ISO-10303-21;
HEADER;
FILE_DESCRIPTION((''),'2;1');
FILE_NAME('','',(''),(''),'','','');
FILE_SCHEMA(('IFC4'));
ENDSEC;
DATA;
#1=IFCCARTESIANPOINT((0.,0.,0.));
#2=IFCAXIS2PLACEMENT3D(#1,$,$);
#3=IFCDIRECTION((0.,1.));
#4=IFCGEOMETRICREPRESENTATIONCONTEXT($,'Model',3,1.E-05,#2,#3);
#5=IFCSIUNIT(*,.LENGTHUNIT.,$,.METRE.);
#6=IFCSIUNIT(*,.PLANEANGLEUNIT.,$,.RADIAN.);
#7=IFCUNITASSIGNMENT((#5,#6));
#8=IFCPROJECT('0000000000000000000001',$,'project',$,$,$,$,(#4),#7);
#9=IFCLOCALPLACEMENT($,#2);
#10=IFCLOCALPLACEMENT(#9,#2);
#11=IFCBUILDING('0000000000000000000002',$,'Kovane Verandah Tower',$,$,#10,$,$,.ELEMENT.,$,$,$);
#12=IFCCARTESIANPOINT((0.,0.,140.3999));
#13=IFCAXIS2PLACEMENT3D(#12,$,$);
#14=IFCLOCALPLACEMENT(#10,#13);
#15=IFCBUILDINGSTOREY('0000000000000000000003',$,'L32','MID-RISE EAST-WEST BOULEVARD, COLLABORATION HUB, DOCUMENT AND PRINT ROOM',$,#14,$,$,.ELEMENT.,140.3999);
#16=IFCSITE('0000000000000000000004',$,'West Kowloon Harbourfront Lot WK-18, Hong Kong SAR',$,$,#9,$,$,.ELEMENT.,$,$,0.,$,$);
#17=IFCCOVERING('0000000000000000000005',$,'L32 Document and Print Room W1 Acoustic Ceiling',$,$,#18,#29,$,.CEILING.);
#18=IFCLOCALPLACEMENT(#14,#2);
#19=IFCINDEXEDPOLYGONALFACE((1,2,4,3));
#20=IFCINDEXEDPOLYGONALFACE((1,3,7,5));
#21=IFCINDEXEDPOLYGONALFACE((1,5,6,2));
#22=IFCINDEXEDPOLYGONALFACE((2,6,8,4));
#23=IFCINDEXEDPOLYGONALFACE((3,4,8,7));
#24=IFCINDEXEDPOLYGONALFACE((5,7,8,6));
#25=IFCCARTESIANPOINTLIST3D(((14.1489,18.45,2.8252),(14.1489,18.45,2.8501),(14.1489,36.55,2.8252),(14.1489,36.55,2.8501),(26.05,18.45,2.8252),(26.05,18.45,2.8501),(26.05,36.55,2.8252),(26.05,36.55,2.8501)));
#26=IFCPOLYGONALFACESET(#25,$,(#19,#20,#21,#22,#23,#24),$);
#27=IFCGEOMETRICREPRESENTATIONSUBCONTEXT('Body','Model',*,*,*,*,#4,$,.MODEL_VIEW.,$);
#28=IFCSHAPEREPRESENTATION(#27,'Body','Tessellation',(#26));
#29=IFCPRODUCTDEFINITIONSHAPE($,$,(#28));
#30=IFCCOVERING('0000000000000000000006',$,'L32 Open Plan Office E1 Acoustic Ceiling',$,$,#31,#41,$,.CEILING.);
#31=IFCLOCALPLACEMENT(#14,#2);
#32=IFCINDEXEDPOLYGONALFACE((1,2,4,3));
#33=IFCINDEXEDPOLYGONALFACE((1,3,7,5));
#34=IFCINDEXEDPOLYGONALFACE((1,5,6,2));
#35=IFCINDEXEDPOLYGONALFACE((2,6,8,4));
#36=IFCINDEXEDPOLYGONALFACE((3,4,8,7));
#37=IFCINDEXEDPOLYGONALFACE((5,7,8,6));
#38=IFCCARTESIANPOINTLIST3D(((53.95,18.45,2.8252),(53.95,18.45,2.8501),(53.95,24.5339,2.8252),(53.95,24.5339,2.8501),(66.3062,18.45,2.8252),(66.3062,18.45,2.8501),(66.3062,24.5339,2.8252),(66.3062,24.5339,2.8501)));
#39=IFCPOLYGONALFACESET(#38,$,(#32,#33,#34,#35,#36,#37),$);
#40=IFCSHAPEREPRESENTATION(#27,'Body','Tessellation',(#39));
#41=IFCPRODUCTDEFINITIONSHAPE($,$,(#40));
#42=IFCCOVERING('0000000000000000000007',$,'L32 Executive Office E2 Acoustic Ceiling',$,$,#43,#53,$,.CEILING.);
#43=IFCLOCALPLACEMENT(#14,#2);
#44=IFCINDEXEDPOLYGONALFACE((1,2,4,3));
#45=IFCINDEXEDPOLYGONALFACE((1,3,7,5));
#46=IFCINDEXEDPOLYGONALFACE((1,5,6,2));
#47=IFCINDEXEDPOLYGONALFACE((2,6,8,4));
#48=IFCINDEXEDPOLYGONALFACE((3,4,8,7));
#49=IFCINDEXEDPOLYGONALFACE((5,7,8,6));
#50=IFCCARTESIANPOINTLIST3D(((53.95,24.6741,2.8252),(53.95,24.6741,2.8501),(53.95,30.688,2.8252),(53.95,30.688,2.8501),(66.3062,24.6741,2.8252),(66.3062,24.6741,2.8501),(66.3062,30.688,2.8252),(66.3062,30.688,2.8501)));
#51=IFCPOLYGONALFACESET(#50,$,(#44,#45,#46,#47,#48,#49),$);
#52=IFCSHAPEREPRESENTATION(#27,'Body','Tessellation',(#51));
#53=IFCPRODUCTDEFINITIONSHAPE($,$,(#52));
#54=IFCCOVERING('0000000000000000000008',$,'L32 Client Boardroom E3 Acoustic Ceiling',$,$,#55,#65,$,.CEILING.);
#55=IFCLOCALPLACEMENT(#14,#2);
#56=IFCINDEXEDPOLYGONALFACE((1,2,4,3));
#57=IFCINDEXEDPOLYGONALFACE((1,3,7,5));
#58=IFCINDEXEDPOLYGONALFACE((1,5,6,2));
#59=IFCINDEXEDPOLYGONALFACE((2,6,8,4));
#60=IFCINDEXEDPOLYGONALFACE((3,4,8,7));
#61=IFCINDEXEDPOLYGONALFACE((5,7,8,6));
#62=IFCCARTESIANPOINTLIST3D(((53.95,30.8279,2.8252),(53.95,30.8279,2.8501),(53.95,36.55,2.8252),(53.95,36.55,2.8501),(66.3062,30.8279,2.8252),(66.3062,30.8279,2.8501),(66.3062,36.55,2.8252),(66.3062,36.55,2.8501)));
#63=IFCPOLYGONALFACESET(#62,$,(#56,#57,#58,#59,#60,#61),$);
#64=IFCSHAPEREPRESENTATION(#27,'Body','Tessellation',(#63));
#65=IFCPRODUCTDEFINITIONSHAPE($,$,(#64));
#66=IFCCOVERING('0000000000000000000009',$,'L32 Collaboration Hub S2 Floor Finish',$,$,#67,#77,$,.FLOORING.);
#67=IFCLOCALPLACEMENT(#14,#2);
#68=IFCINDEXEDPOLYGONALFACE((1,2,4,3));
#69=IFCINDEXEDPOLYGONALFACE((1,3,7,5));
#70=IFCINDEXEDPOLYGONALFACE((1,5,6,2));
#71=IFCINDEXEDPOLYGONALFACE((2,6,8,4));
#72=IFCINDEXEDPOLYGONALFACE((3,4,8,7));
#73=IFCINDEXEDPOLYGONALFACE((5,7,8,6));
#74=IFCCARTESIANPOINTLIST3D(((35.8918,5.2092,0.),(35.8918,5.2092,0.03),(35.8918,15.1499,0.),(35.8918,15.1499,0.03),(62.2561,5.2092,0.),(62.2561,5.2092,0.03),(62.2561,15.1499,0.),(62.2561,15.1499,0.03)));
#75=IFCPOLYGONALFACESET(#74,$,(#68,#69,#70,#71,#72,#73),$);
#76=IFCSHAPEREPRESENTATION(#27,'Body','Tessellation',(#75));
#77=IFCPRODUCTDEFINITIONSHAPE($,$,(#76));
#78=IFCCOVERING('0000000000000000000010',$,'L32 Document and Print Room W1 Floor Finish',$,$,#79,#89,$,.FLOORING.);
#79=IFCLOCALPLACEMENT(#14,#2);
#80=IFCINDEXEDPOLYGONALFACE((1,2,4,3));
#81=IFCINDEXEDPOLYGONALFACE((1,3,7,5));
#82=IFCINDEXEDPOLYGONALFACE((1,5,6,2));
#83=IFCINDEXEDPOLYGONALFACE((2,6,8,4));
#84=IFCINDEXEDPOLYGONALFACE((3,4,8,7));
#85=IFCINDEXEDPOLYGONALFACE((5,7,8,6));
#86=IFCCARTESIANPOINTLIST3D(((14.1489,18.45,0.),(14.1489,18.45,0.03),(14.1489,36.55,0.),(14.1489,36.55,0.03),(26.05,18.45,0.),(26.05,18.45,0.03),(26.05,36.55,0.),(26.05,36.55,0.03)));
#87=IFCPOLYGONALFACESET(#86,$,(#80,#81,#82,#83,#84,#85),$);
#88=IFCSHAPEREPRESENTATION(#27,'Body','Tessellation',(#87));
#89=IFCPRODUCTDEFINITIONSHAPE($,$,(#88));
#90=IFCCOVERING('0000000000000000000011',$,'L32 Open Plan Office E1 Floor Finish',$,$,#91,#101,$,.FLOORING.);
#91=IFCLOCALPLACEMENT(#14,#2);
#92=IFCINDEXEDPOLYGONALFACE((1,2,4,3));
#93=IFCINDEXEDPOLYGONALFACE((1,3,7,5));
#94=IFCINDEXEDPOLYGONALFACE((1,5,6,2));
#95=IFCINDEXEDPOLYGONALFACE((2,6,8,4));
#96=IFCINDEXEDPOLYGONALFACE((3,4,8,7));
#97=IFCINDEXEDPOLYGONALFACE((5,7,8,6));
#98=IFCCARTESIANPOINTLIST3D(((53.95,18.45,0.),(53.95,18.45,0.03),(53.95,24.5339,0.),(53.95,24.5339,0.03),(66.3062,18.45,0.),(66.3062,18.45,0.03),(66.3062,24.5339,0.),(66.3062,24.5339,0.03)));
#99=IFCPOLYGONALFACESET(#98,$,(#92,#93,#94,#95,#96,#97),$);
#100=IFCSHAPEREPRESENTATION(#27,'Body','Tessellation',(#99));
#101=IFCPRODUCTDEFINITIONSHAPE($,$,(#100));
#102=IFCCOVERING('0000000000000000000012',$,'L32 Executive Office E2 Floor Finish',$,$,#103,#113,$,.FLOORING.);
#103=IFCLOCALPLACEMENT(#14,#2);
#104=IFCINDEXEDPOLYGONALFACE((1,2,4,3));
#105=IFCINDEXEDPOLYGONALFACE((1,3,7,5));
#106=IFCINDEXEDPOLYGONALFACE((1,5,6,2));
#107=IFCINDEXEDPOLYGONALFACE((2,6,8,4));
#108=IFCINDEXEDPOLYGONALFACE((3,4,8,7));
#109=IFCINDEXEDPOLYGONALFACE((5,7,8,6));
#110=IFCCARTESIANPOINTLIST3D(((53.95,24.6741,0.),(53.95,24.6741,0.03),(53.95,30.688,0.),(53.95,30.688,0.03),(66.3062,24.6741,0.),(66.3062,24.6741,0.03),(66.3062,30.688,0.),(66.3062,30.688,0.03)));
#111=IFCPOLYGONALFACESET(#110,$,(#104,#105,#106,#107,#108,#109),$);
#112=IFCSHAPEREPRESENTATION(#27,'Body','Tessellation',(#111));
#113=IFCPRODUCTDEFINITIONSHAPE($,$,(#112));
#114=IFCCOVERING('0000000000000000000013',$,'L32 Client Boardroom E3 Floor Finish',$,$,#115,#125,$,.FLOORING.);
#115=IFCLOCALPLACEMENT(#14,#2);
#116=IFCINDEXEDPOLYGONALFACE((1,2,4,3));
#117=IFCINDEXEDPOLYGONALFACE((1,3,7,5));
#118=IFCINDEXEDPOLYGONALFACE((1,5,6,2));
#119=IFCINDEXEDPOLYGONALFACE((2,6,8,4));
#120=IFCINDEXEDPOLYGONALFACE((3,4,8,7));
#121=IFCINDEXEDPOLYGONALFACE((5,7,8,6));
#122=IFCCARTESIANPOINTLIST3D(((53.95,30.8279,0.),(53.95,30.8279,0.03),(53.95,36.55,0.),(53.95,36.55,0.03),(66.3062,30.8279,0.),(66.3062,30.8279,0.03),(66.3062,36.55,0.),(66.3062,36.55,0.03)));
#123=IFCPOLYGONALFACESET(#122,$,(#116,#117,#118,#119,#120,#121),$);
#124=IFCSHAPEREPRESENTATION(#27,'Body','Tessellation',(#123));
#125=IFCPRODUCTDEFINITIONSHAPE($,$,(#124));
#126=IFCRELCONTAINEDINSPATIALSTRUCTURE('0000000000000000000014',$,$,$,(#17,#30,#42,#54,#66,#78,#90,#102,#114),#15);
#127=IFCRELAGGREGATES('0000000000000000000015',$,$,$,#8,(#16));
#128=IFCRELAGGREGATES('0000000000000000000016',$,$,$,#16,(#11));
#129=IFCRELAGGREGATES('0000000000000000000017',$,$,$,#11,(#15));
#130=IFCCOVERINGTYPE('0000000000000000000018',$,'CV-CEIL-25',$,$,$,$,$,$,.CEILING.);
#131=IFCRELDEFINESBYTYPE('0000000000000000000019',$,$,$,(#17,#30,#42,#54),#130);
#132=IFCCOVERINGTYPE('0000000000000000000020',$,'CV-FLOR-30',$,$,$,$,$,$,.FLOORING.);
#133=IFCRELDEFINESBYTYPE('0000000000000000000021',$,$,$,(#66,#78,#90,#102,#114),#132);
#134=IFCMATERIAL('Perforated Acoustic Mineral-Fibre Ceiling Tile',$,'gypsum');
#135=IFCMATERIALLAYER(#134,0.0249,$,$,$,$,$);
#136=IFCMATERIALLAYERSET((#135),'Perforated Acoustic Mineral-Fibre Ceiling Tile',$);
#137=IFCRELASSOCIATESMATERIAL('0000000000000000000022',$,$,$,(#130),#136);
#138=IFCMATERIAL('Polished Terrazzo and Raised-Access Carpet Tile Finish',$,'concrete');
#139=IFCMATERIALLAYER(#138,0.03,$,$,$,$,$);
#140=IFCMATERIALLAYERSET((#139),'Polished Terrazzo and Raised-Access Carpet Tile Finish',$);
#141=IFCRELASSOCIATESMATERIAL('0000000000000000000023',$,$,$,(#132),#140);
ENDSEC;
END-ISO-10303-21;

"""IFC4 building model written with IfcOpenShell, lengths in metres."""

from ifc_helpers import new_model, si_unit, direction, frame, origin, place, context, subcontext, project, spatial, polyline, outline, extrude, material, layer, layer_set, type_object, element, save


model = new_model("IFC4")

# Units and contexts
model_context = context("Model", 3, precision=1e-05, world=origin(), true_north=direction((0.0, 1.0)))
body_context = subcontext(model_context, "Body", "Model", "MODEL_VIEW")
ifc_project = project(units=[si_unit("LENGTHUNIT", "METRE"), si_unit("PLANEANGLEUNIT", "RADIAN")], contexts=[model_context])

# Site, building, storey
site_placement = place(None, origin())
site = spatial("IfcSite", under=ifc_project, at=site_placement, Name="West Kowloon Harbourfront Lot WK-18, Hong Kong SAR", CompositionType="ELEMENT", RefElevation=0.0)
building_placement = place(site_placement, origin())
building = spatial("IfcBuilding", under=site, at=building_placement, Name="Kovane Verandah Tower", CompositionType="ELEMENT")
storey_placement = place(building_placement, frame((0.0, 0.0, 140.3999)))
storey = spatial("IfcBuildingStorey", under=building, at=storey_placement, Name="L32", Description="MID-RISE EAST-WEST BOULEVARD, COLLABORATION HUB, DOCUMENT AND PRINT ROOM", CompositionType="ELEMENT", Elevation=140.3999)

# Coverings
ifc_material_1 = material(Name="Perforated Acoustic Mineral-Fibre Ceiling Tile", Category="gypsum")
ifc_layer_1 = layer(ifc_material_1, 0.0249)
ifc_layer_set_1 = layer_set([ifc_layer_1], Name="Perforated Acoustic Mineral-Fibre Ceiling Tile")
covering_type_1 = type_object("IfcCoveringType", Name="CV-CEIL-25", PredefinedType="CEILING", material=ifc_layer_set_1)
covering_1_placement = place(storey_placement, frame((0.0, 0.0, 2.8252)))
element("IfcCovering", 1, at=covering_1_placement, inside=storey, type_object=covering_type_1, Name="L32 Document and Print Room W1 Acoustic Ceiling", PredefinedType="CEILING", context=body_context, shape_type="SweptSolid", body=[
    extrude(outline(polyline([(14.1489, 18.45), (26.05, 18.45), (26.05, 36.55), (14.1489, 36.55), (14.1489, 18.45)])), origin(), (0.0, 0.0, 1.0), 0.0249),
])
covering_2_placement = place(storey_placement, frame((0.0, 0.0, 2.8252)))
element("IfcCovering", 2, at=covering_2_placement, inside=storey, type_object=covering_type_1, Name="L32 Open Plan Office E1 Acoustic Ceiling", PredefinedType="CEILING", context=body_context, shape_type="SweptSolid", body=[
    extrude(outline(polyline([(53.95, 18.45), (66.3062, 18.45), (66.3062, 24.5339), (53.95, 24.5339), (53.95, 18.45)])), origin(), (0.0, 0.0, 1.0), 0.0249),
])
covering_3_placement = place(storey_placement, frame((0.0, 0.0, 2.8252)))
element("IfcCovering", 3, at=covering_3_placement, inside=storey, type_object=covering_type_1, Name="L32 Executive Office E2 Acoustic Ceiling", PredefinedType="CEILING", context=body_context, shape_type="SweptSolid", body=[
    extrude(outline(polyline([(53.95, 24.6741), (66.3062, 24.6741), (66.3062, 30.688), (53.95, 30.688), (53.95, 24.6741)])), origin(), (0.0, 0.0, 1.0), 0.0249),
])
covering_4_placement = place(storey_placement, frame((0.0, 0.0, 2.8252)))
element("IfcCovering", 4, at=covering_4_placement, inside=storey, type_object=covering_type_1, Name="L32 Client Boardroom E3 Acoustic Ceiling", PredefinedType="CEILING", context=body_context, shape_type="SweptSolid", body=[
    extrude(outline(polyline([(53.95, 30.8279), (66.3062, 30.8279), (66.3062, 36.55), (53.95, 36.55), (53.95, 30.8279)])), origin(), (0.0, 0.0, 1.0), 0.0249),
])
ifc_material_2 = material(Name="Polished Terrazzo and Raised-Access Carpet Tile Finish", Category="concrete")
ifc_layer_2 = layer(ifc_material_2, 0.03)
ifc_layer_set_2 = layer_set([ifc_layer_2], Name="Polished Terrazzo and Raised-Access Carpet Tile Finish")
covering_type_2 = type_object("IfcCoveringType", Name="CV-FLOR-30", PredefinedType="FLOORING", material=ifc_layer_set_2)
covering_5_placement = place(storey_placement, origin())
element("IfcCovering", 5, at=covering_5_placement, inside=storey, type_object=covering_type_2, Name="L32 Collaboration Hub S2 Floor Finish", PredefinedType="FLOORING", context=body_context, shape_type="SweptSolid", body=[
    extrude(outline(polyline([(35.8918, 5.2092), (62.2561, 5.2092), (62.2561, 15.1499), (35.8918, 15.1499), (35.8918, 5.2092)])), origin(), (0.0, 0.0, 1.0), 0.03),
])
covering_6_placement = place(storey_placement, origin())
element("IfcCovering", 6, at=covering_6_placement, inside=storey, type_object=covering_type_2, Name="L32 Document and Print Room W1 Floor Finish", PredefinedType="FLOORING", context=body_context, shape_type="SweptSolid", body=[
    extrude(outline(polyline([(14.1489, 18.45), (26.05, 18.45), (26.05, 36.55), (14.1489, 36.55), (14.1489, 18.45)])), origin(), (0.0, 0.0, 1.0), 0.03),
])
covering_7_placement = place(storey_placement, origin())
element("IfcCovering", 7, at=covering_7_placement, inside=storey, type_object=covering_type_2, Name="L32 Open Plan Office E1 Floor Finish", PredefinedType="FLOORING", context=body_context, shape_type="SweptSolid", body=[
    extrude(outline(polyline([(53.95, 18.45), (66.3062, 18.45), (66.3062, 24.5339), (53.95, 24.5339), (53.95, 18.45)])), origin(), (0.0, 0.0, 1.0), 0.03),
])
covering_8_placement = place(storey_placement, origin())
element("IfcCovering", 8, at=covering_8_placement, inside=storey, type_object=covering_type_2, Name="L32 Executive Office E2 Floor Finish", PredefinedType="FLOORING", context=body_context, shape_type="SweptSolid", body=[
    extrude(outline(polyline([(53.95, 24.6741), (66.3062, 24.6741), (66.3062, 30.688), (53.95, 30.688), (53.95, 24.6741)])), origin(), (0.0, 0.0, 1.0), 0.03),
])
covering_9_placement = place(storey_placement, origin())
element("IfcCovering", 9, at=covering_9_placement, inside=storey, type_object=covering_type_2, Name="L32 Client Boardroom E3 Floor Finish", PredefinedType="FLOORING", context=body_context, shape_type="SweptSolid", body=[
    extrude(outline(polyline([(53.95, 30.8279), (66.3062, 30.8279), (66.3062, 36.55), (53.95, 36.55), (53.95, 30.8279)])), origin(), (0.0, 0.0, 1.0), 0.03),
])

save(model, "model.ifc")
